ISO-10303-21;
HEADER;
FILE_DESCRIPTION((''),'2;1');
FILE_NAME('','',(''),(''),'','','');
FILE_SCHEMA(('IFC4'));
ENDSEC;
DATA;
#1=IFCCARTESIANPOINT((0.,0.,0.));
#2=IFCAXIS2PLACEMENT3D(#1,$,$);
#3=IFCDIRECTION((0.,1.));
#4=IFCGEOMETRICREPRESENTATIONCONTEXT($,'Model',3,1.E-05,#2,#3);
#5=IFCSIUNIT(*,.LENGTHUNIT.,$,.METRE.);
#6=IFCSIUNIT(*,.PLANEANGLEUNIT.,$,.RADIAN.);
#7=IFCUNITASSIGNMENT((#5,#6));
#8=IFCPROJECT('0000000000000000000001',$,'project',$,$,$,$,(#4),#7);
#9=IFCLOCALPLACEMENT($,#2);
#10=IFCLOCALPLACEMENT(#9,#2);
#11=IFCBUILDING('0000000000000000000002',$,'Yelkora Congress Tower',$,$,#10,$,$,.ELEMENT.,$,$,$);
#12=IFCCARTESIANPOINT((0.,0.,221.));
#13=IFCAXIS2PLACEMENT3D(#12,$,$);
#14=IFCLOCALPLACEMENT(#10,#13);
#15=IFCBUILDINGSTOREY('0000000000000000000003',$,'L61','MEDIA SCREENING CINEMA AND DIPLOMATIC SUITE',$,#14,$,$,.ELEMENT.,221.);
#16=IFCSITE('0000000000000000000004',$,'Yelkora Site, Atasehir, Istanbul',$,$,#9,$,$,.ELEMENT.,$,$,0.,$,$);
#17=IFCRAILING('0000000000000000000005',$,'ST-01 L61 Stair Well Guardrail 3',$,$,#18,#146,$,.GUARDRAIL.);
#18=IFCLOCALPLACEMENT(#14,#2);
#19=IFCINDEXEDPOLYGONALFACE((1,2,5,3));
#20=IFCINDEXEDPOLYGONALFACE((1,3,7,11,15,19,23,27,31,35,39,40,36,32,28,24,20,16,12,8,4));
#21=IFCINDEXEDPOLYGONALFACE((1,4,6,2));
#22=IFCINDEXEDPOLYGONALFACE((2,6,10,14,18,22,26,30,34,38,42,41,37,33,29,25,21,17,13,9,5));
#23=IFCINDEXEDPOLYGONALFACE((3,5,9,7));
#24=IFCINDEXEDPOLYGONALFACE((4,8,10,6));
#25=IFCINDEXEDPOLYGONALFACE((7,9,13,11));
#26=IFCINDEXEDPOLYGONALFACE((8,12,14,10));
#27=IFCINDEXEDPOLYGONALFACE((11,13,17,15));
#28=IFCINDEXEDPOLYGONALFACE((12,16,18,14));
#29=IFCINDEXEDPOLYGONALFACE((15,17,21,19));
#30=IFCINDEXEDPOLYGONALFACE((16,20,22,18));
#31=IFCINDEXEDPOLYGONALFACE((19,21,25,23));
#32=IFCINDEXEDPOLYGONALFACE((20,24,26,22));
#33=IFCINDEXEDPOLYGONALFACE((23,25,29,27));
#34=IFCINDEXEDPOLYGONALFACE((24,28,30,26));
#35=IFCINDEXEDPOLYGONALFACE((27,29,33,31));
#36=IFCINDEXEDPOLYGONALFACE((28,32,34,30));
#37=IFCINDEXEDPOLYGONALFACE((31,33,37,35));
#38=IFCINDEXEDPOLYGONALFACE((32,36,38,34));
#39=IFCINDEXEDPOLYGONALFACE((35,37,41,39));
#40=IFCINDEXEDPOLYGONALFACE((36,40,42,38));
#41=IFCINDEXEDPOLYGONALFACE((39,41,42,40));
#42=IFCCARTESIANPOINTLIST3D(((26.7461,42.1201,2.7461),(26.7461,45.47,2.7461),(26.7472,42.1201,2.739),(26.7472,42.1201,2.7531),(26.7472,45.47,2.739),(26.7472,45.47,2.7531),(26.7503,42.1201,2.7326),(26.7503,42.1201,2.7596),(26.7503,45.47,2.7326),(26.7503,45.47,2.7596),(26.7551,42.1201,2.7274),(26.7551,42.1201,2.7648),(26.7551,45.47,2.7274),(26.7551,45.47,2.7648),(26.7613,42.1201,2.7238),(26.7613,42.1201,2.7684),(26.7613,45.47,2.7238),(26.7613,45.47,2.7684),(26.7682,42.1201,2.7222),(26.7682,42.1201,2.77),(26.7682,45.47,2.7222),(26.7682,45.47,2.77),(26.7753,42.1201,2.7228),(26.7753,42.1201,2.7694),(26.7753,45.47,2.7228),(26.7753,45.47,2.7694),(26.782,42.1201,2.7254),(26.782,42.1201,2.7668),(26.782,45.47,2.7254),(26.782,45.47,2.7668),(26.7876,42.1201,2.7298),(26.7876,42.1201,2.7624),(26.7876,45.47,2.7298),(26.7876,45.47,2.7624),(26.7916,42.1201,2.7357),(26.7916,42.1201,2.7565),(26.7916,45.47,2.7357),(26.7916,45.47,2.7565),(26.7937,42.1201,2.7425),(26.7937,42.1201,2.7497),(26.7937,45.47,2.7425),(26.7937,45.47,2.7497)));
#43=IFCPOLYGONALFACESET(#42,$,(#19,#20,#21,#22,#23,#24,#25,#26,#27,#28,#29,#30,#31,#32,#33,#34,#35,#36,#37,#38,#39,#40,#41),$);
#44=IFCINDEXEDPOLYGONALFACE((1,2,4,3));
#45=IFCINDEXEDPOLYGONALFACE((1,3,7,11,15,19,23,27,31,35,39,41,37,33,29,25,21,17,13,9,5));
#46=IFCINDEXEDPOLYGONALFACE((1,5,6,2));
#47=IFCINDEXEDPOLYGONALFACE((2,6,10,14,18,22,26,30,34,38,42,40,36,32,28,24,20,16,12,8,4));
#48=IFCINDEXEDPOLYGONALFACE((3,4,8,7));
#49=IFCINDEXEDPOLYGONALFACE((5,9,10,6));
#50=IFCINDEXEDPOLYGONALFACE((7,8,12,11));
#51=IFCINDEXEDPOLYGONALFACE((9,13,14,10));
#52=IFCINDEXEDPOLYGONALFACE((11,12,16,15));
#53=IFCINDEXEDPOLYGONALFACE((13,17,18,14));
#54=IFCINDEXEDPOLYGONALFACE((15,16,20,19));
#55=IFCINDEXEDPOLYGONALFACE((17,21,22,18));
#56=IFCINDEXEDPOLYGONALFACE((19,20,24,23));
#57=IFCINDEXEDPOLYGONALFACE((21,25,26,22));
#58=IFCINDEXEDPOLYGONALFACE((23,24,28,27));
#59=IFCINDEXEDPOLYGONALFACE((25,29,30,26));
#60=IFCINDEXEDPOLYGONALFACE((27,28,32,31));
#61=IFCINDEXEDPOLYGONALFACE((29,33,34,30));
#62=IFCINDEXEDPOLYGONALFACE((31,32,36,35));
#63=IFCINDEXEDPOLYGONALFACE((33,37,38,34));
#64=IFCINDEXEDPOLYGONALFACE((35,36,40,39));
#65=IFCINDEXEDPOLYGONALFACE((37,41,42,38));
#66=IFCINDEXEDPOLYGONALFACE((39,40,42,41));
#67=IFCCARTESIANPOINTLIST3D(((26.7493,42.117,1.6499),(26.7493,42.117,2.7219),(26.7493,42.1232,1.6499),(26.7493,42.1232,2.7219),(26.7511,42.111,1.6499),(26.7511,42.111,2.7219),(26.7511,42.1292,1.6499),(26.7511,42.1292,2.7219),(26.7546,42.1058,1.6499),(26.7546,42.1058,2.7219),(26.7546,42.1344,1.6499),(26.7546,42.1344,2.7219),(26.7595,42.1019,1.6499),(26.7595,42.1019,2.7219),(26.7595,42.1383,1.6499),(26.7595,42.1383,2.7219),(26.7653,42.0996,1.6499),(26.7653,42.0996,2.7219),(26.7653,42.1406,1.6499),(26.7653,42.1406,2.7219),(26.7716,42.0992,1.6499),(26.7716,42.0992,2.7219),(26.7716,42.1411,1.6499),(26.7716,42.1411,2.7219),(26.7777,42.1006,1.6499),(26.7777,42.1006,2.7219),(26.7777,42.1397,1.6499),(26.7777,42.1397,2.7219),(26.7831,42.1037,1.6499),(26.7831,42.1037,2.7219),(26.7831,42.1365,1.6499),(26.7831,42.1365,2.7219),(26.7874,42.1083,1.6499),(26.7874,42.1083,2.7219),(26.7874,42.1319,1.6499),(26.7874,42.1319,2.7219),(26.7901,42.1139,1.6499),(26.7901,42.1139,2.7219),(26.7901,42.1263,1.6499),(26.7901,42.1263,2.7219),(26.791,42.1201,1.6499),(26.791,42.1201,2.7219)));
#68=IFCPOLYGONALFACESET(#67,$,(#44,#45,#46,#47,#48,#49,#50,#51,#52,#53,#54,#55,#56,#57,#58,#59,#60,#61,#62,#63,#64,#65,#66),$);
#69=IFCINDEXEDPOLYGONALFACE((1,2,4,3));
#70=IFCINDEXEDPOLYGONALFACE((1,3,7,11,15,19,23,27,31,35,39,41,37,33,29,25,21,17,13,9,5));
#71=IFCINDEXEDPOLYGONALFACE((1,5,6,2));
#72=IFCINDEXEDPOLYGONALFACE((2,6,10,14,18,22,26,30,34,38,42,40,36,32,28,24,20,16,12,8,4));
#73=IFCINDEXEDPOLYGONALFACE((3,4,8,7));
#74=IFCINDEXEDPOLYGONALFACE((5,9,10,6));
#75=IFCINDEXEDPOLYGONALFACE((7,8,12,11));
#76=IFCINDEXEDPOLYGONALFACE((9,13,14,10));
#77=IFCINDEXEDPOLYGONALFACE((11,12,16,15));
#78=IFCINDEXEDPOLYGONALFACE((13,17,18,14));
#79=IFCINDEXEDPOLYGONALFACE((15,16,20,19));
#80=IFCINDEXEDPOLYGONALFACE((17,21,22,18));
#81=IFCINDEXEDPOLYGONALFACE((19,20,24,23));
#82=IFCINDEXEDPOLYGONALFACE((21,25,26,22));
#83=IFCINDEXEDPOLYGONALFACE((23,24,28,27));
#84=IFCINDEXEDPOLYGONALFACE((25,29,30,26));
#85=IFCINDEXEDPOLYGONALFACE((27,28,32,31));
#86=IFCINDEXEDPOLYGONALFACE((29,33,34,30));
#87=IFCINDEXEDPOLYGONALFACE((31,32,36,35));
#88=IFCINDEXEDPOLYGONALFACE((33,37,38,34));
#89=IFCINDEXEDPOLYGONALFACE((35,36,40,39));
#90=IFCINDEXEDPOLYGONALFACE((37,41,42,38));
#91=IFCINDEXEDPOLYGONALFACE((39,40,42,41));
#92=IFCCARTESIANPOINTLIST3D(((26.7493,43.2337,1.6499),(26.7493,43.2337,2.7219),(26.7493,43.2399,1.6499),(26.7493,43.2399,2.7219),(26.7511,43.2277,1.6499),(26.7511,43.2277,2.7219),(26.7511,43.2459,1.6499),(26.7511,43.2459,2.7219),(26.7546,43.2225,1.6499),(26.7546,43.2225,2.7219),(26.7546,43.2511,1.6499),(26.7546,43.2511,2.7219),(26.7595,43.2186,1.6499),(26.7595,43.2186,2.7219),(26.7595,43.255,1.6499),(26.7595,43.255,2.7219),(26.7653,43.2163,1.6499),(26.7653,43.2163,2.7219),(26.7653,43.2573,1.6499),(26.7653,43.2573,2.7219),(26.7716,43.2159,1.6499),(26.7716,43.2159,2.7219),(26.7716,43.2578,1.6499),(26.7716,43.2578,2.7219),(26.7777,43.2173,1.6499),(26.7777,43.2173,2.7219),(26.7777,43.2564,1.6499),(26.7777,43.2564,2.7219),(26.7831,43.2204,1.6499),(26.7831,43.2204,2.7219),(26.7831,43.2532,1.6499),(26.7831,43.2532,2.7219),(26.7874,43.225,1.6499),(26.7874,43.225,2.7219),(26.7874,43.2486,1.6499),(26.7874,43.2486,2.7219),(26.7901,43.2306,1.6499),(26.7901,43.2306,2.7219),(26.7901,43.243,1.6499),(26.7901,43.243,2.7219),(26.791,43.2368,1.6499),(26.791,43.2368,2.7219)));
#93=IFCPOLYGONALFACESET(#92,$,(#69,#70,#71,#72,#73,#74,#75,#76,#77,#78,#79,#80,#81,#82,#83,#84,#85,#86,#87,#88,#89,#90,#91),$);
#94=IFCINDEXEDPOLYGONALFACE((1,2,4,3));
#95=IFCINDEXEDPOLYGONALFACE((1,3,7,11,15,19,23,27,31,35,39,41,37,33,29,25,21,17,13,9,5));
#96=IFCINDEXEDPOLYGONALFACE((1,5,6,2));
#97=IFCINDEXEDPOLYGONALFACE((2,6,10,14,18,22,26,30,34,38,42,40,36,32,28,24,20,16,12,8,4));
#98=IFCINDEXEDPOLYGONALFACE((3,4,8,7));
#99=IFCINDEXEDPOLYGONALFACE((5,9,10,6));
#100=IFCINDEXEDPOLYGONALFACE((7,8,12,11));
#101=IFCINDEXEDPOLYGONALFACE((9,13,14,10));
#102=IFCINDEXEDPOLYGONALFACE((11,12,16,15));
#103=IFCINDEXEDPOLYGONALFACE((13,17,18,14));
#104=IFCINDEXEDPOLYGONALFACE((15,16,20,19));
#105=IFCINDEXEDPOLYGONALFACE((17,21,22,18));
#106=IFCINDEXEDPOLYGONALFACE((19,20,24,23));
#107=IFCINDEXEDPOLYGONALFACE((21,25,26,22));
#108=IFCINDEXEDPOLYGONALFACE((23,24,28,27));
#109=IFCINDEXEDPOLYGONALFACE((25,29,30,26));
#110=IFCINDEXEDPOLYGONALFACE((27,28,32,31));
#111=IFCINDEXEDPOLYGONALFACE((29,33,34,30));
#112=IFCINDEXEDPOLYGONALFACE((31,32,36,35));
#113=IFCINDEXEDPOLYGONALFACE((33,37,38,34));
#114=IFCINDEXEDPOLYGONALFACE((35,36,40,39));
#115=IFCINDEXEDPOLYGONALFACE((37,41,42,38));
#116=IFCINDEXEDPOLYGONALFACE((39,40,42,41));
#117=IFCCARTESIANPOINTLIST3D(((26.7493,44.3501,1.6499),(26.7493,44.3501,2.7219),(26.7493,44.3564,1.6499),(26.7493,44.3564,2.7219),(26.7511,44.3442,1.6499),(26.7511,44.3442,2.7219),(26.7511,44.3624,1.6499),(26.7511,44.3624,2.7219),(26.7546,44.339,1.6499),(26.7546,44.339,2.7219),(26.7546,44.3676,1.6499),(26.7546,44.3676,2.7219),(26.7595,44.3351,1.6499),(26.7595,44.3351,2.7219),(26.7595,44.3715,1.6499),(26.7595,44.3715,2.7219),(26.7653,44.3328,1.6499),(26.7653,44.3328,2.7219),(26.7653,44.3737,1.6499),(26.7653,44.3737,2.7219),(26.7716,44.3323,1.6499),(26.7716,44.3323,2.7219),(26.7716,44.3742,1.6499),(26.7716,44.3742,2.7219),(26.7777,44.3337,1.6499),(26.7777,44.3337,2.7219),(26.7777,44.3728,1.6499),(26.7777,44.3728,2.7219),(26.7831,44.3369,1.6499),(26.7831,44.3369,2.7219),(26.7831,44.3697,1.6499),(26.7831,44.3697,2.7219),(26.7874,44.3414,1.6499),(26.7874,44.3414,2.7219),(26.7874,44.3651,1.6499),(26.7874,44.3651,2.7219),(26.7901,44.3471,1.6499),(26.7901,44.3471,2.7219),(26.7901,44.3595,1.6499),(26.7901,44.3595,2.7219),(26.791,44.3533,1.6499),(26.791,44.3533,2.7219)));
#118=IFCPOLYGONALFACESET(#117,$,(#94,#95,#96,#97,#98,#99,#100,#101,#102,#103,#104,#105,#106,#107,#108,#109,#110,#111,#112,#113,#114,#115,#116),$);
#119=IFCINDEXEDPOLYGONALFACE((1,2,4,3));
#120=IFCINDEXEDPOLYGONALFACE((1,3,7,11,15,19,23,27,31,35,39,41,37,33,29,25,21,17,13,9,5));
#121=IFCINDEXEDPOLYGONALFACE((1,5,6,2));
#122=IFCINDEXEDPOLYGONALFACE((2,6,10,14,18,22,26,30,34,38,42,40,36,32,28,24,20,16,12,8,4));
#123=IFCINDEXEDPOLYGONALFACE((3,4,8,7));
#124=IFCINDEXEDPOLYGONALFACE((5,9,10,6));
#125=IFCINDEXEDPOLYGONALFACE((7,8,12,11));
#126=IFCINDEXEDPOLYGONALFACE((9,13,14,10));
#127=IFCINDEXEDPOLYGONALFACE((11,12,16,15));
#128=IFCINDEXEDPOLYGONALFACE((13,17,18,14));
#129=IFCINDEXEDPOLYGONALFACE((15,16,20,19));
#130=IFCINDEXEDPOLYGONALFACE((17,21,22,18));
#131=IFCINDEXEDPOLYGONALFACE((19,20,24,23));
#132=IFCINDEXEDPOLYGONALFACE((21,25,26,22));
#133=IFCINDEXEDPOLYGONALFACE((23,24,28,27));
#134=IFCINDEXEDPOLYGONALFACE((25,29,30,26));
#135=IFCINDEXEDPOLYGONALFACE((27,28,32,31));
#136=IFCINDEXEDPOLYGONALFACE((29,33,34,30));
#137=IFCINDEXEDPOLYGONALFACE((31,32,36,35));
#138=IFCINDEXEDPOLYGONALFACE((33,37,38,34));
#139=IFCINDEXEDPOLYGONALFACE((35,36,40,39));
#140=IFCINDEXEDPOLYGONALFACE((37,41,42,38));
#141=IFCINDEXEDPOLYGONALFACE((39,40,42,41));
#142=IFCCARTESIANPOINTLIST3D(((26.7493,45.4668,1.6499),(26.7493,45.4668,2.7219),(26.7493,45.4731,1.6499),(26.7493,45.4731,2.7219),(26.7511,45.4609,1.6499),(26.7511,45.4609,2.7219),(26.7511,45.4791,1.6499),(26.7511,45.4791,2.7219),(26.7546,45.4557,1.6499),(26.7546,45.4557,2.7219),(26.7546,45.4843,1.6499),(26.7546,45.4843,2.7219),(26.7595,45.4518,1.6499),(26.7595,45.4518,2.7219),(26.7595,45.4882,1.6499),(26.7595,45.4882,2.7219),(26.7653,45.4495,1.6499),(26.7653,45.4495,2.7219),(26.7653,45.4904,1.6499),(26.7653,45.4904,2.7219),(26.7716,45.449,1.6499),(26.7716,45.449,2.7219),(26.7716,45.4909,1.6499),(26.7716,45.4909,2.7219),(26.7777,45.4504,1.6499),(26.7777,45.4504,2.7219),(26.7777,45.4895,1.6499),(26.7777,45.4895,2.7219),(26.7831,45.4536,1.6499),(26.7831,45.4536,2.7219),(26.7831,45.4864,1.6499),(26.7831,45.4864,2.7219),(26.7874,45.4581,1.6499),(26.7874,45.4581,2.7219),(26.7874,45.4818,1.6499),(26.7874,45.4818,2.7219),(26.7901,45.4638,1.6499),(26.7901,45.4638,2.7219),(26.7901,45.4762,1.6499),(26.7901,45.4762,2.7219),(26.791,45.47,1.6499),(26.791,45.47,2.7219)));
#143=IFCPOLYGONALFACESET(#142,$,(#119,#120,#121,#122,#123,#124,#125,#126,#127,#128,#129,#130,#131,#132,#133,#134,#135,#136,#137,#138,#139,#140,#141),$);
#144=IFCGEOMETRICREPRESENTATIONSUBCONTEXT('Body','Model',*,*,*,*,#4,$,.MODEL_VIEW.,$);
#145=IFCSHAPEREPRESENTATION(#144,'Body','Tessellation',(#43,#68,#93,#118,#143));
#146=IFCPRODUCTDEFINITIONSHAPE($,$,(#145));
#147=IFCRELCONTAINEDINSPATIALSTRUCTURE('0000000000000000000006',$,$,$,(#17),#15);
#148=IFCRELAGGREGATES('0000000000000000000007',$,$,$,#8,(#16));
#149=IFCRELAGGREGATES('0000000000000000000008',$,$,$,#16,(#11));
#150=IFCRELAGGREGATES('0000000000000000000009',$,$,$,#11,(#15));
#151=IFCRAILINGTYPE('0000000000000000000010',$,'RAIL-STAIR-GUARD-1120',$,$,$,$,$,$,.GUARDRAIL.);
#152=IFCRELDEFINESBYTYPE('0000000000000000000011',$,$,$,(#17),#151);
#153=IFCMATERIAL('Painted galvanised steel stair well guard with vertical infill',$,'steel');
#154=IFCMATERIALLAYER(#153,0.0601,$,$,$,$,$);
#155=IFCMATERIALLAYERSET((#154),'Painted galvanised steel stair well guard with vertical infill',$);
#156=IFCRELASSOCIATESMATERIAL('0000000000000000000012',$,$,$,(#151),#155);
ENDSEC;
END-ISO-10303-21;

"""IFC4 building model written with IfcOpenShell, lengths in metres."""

from ifc_helpers import new_model, si_unit, direction, frame, origin, origin_2d, place, context, subcontext, project, spatial, circle, extrude, material, layer, layer_set, type_object, element, save


model = new_model("IFC4")

# Units and contexts
model_context = context("Model", 3, precision=1e-05, world=origin(), true_north=direction((0.0, 1.0)))
body_context = subcontext(model_context, "Body", "Model", "MODEL_VIEW")
ifc_project = project(units=[si_unit("LENGTHUNIT", "METRE"), si_unit("PLANEANGLEUNIT", "RADIAN")], contexts=[model_context])

# Site, building, storey
site_placement = place(None, origin())
site = spatial("IfcSite", under=ifc_project, at=site_placement, Name="Yelkora Site, Atasehir, Istanbul", CompositionType="ELEMENT", RefElevation=0.0)
building_placement = place(site_placement, origin())
building = spatial("IfcBuilding", under=site, at=building_placement, Name="Yelkora Congress Tower", CompositionType="ELEMENT")
storey_placement = place(building_placement, frame((0.0, 0.0, 221.0)))
storey = spatial("IfcBuildingStorey", under=building, at=storey_placement, Name="L61", Description="MEDIA SCREENING CINEMA AND DIPLOMATIC SUITE", CompositionType="ELEMENT", Elevation=221.0)

# Railing
ifc_material_1 = material(Name="Painted galvanised steel stair well guard with vertical infill", Category="steel")
ifc_layer_1 = layer(ifc_material_1, 0.0601)
ifc_layer_set_1 = layer_set([ifc_layer_1], Name="Painted galvanised steel stair well guard with vertical infill")
railing_type = type_object("IfcRailingType", Name="RAIL-STAIR-GUARD-1120", PredefinedType="GUARDRAIL", material=ifc_layer_set_1)
railing_1_placement = place(storey_placement, frame((26.77, 42.1201, 1.6499)))
element("IfcRailing", 1, at=railing_1_placement, inside=storey, type_object=railing_type, Name="ST-01 L61 Stair Well Guardrail 3", PredefinedType="GUARDRAIL", context=body_context, shape_type="SweptSolid", body=[
    extrude(circle(Radius=0.0239, at=origin_2d()), frame((0.0, 0.0, 1.0962), z_axis=(0.0, 1.0, 0.0), x_axis=(-1.0, 0.0, 0.0)), (0.0, 0.0, 1.0), 3.3499),
    extrude(circle(Radius=0.021, at=origin_2d()), origin(), (0.0, 0.0, 1.0), 1.072),
    extrude(circle(Radius=0.021, at=origin_2d()), frame((0.0, 1.1167, 0.0)), (0.0, 0.0, 1.0), 1.072),
    extrude(circle(Radius=0.021, at=origin_2d()), frame((0.0, 2.2332, 0.0)), (0.0, 0.0, 1.0), 1.072),
    extrude(circle(Radius=0.021, at=origin_2d()), frame((0.0, 3.3499, 0.0)), (0.0, 0.0, 1.0), 1.072),
])

save(model, "model.ifc")
